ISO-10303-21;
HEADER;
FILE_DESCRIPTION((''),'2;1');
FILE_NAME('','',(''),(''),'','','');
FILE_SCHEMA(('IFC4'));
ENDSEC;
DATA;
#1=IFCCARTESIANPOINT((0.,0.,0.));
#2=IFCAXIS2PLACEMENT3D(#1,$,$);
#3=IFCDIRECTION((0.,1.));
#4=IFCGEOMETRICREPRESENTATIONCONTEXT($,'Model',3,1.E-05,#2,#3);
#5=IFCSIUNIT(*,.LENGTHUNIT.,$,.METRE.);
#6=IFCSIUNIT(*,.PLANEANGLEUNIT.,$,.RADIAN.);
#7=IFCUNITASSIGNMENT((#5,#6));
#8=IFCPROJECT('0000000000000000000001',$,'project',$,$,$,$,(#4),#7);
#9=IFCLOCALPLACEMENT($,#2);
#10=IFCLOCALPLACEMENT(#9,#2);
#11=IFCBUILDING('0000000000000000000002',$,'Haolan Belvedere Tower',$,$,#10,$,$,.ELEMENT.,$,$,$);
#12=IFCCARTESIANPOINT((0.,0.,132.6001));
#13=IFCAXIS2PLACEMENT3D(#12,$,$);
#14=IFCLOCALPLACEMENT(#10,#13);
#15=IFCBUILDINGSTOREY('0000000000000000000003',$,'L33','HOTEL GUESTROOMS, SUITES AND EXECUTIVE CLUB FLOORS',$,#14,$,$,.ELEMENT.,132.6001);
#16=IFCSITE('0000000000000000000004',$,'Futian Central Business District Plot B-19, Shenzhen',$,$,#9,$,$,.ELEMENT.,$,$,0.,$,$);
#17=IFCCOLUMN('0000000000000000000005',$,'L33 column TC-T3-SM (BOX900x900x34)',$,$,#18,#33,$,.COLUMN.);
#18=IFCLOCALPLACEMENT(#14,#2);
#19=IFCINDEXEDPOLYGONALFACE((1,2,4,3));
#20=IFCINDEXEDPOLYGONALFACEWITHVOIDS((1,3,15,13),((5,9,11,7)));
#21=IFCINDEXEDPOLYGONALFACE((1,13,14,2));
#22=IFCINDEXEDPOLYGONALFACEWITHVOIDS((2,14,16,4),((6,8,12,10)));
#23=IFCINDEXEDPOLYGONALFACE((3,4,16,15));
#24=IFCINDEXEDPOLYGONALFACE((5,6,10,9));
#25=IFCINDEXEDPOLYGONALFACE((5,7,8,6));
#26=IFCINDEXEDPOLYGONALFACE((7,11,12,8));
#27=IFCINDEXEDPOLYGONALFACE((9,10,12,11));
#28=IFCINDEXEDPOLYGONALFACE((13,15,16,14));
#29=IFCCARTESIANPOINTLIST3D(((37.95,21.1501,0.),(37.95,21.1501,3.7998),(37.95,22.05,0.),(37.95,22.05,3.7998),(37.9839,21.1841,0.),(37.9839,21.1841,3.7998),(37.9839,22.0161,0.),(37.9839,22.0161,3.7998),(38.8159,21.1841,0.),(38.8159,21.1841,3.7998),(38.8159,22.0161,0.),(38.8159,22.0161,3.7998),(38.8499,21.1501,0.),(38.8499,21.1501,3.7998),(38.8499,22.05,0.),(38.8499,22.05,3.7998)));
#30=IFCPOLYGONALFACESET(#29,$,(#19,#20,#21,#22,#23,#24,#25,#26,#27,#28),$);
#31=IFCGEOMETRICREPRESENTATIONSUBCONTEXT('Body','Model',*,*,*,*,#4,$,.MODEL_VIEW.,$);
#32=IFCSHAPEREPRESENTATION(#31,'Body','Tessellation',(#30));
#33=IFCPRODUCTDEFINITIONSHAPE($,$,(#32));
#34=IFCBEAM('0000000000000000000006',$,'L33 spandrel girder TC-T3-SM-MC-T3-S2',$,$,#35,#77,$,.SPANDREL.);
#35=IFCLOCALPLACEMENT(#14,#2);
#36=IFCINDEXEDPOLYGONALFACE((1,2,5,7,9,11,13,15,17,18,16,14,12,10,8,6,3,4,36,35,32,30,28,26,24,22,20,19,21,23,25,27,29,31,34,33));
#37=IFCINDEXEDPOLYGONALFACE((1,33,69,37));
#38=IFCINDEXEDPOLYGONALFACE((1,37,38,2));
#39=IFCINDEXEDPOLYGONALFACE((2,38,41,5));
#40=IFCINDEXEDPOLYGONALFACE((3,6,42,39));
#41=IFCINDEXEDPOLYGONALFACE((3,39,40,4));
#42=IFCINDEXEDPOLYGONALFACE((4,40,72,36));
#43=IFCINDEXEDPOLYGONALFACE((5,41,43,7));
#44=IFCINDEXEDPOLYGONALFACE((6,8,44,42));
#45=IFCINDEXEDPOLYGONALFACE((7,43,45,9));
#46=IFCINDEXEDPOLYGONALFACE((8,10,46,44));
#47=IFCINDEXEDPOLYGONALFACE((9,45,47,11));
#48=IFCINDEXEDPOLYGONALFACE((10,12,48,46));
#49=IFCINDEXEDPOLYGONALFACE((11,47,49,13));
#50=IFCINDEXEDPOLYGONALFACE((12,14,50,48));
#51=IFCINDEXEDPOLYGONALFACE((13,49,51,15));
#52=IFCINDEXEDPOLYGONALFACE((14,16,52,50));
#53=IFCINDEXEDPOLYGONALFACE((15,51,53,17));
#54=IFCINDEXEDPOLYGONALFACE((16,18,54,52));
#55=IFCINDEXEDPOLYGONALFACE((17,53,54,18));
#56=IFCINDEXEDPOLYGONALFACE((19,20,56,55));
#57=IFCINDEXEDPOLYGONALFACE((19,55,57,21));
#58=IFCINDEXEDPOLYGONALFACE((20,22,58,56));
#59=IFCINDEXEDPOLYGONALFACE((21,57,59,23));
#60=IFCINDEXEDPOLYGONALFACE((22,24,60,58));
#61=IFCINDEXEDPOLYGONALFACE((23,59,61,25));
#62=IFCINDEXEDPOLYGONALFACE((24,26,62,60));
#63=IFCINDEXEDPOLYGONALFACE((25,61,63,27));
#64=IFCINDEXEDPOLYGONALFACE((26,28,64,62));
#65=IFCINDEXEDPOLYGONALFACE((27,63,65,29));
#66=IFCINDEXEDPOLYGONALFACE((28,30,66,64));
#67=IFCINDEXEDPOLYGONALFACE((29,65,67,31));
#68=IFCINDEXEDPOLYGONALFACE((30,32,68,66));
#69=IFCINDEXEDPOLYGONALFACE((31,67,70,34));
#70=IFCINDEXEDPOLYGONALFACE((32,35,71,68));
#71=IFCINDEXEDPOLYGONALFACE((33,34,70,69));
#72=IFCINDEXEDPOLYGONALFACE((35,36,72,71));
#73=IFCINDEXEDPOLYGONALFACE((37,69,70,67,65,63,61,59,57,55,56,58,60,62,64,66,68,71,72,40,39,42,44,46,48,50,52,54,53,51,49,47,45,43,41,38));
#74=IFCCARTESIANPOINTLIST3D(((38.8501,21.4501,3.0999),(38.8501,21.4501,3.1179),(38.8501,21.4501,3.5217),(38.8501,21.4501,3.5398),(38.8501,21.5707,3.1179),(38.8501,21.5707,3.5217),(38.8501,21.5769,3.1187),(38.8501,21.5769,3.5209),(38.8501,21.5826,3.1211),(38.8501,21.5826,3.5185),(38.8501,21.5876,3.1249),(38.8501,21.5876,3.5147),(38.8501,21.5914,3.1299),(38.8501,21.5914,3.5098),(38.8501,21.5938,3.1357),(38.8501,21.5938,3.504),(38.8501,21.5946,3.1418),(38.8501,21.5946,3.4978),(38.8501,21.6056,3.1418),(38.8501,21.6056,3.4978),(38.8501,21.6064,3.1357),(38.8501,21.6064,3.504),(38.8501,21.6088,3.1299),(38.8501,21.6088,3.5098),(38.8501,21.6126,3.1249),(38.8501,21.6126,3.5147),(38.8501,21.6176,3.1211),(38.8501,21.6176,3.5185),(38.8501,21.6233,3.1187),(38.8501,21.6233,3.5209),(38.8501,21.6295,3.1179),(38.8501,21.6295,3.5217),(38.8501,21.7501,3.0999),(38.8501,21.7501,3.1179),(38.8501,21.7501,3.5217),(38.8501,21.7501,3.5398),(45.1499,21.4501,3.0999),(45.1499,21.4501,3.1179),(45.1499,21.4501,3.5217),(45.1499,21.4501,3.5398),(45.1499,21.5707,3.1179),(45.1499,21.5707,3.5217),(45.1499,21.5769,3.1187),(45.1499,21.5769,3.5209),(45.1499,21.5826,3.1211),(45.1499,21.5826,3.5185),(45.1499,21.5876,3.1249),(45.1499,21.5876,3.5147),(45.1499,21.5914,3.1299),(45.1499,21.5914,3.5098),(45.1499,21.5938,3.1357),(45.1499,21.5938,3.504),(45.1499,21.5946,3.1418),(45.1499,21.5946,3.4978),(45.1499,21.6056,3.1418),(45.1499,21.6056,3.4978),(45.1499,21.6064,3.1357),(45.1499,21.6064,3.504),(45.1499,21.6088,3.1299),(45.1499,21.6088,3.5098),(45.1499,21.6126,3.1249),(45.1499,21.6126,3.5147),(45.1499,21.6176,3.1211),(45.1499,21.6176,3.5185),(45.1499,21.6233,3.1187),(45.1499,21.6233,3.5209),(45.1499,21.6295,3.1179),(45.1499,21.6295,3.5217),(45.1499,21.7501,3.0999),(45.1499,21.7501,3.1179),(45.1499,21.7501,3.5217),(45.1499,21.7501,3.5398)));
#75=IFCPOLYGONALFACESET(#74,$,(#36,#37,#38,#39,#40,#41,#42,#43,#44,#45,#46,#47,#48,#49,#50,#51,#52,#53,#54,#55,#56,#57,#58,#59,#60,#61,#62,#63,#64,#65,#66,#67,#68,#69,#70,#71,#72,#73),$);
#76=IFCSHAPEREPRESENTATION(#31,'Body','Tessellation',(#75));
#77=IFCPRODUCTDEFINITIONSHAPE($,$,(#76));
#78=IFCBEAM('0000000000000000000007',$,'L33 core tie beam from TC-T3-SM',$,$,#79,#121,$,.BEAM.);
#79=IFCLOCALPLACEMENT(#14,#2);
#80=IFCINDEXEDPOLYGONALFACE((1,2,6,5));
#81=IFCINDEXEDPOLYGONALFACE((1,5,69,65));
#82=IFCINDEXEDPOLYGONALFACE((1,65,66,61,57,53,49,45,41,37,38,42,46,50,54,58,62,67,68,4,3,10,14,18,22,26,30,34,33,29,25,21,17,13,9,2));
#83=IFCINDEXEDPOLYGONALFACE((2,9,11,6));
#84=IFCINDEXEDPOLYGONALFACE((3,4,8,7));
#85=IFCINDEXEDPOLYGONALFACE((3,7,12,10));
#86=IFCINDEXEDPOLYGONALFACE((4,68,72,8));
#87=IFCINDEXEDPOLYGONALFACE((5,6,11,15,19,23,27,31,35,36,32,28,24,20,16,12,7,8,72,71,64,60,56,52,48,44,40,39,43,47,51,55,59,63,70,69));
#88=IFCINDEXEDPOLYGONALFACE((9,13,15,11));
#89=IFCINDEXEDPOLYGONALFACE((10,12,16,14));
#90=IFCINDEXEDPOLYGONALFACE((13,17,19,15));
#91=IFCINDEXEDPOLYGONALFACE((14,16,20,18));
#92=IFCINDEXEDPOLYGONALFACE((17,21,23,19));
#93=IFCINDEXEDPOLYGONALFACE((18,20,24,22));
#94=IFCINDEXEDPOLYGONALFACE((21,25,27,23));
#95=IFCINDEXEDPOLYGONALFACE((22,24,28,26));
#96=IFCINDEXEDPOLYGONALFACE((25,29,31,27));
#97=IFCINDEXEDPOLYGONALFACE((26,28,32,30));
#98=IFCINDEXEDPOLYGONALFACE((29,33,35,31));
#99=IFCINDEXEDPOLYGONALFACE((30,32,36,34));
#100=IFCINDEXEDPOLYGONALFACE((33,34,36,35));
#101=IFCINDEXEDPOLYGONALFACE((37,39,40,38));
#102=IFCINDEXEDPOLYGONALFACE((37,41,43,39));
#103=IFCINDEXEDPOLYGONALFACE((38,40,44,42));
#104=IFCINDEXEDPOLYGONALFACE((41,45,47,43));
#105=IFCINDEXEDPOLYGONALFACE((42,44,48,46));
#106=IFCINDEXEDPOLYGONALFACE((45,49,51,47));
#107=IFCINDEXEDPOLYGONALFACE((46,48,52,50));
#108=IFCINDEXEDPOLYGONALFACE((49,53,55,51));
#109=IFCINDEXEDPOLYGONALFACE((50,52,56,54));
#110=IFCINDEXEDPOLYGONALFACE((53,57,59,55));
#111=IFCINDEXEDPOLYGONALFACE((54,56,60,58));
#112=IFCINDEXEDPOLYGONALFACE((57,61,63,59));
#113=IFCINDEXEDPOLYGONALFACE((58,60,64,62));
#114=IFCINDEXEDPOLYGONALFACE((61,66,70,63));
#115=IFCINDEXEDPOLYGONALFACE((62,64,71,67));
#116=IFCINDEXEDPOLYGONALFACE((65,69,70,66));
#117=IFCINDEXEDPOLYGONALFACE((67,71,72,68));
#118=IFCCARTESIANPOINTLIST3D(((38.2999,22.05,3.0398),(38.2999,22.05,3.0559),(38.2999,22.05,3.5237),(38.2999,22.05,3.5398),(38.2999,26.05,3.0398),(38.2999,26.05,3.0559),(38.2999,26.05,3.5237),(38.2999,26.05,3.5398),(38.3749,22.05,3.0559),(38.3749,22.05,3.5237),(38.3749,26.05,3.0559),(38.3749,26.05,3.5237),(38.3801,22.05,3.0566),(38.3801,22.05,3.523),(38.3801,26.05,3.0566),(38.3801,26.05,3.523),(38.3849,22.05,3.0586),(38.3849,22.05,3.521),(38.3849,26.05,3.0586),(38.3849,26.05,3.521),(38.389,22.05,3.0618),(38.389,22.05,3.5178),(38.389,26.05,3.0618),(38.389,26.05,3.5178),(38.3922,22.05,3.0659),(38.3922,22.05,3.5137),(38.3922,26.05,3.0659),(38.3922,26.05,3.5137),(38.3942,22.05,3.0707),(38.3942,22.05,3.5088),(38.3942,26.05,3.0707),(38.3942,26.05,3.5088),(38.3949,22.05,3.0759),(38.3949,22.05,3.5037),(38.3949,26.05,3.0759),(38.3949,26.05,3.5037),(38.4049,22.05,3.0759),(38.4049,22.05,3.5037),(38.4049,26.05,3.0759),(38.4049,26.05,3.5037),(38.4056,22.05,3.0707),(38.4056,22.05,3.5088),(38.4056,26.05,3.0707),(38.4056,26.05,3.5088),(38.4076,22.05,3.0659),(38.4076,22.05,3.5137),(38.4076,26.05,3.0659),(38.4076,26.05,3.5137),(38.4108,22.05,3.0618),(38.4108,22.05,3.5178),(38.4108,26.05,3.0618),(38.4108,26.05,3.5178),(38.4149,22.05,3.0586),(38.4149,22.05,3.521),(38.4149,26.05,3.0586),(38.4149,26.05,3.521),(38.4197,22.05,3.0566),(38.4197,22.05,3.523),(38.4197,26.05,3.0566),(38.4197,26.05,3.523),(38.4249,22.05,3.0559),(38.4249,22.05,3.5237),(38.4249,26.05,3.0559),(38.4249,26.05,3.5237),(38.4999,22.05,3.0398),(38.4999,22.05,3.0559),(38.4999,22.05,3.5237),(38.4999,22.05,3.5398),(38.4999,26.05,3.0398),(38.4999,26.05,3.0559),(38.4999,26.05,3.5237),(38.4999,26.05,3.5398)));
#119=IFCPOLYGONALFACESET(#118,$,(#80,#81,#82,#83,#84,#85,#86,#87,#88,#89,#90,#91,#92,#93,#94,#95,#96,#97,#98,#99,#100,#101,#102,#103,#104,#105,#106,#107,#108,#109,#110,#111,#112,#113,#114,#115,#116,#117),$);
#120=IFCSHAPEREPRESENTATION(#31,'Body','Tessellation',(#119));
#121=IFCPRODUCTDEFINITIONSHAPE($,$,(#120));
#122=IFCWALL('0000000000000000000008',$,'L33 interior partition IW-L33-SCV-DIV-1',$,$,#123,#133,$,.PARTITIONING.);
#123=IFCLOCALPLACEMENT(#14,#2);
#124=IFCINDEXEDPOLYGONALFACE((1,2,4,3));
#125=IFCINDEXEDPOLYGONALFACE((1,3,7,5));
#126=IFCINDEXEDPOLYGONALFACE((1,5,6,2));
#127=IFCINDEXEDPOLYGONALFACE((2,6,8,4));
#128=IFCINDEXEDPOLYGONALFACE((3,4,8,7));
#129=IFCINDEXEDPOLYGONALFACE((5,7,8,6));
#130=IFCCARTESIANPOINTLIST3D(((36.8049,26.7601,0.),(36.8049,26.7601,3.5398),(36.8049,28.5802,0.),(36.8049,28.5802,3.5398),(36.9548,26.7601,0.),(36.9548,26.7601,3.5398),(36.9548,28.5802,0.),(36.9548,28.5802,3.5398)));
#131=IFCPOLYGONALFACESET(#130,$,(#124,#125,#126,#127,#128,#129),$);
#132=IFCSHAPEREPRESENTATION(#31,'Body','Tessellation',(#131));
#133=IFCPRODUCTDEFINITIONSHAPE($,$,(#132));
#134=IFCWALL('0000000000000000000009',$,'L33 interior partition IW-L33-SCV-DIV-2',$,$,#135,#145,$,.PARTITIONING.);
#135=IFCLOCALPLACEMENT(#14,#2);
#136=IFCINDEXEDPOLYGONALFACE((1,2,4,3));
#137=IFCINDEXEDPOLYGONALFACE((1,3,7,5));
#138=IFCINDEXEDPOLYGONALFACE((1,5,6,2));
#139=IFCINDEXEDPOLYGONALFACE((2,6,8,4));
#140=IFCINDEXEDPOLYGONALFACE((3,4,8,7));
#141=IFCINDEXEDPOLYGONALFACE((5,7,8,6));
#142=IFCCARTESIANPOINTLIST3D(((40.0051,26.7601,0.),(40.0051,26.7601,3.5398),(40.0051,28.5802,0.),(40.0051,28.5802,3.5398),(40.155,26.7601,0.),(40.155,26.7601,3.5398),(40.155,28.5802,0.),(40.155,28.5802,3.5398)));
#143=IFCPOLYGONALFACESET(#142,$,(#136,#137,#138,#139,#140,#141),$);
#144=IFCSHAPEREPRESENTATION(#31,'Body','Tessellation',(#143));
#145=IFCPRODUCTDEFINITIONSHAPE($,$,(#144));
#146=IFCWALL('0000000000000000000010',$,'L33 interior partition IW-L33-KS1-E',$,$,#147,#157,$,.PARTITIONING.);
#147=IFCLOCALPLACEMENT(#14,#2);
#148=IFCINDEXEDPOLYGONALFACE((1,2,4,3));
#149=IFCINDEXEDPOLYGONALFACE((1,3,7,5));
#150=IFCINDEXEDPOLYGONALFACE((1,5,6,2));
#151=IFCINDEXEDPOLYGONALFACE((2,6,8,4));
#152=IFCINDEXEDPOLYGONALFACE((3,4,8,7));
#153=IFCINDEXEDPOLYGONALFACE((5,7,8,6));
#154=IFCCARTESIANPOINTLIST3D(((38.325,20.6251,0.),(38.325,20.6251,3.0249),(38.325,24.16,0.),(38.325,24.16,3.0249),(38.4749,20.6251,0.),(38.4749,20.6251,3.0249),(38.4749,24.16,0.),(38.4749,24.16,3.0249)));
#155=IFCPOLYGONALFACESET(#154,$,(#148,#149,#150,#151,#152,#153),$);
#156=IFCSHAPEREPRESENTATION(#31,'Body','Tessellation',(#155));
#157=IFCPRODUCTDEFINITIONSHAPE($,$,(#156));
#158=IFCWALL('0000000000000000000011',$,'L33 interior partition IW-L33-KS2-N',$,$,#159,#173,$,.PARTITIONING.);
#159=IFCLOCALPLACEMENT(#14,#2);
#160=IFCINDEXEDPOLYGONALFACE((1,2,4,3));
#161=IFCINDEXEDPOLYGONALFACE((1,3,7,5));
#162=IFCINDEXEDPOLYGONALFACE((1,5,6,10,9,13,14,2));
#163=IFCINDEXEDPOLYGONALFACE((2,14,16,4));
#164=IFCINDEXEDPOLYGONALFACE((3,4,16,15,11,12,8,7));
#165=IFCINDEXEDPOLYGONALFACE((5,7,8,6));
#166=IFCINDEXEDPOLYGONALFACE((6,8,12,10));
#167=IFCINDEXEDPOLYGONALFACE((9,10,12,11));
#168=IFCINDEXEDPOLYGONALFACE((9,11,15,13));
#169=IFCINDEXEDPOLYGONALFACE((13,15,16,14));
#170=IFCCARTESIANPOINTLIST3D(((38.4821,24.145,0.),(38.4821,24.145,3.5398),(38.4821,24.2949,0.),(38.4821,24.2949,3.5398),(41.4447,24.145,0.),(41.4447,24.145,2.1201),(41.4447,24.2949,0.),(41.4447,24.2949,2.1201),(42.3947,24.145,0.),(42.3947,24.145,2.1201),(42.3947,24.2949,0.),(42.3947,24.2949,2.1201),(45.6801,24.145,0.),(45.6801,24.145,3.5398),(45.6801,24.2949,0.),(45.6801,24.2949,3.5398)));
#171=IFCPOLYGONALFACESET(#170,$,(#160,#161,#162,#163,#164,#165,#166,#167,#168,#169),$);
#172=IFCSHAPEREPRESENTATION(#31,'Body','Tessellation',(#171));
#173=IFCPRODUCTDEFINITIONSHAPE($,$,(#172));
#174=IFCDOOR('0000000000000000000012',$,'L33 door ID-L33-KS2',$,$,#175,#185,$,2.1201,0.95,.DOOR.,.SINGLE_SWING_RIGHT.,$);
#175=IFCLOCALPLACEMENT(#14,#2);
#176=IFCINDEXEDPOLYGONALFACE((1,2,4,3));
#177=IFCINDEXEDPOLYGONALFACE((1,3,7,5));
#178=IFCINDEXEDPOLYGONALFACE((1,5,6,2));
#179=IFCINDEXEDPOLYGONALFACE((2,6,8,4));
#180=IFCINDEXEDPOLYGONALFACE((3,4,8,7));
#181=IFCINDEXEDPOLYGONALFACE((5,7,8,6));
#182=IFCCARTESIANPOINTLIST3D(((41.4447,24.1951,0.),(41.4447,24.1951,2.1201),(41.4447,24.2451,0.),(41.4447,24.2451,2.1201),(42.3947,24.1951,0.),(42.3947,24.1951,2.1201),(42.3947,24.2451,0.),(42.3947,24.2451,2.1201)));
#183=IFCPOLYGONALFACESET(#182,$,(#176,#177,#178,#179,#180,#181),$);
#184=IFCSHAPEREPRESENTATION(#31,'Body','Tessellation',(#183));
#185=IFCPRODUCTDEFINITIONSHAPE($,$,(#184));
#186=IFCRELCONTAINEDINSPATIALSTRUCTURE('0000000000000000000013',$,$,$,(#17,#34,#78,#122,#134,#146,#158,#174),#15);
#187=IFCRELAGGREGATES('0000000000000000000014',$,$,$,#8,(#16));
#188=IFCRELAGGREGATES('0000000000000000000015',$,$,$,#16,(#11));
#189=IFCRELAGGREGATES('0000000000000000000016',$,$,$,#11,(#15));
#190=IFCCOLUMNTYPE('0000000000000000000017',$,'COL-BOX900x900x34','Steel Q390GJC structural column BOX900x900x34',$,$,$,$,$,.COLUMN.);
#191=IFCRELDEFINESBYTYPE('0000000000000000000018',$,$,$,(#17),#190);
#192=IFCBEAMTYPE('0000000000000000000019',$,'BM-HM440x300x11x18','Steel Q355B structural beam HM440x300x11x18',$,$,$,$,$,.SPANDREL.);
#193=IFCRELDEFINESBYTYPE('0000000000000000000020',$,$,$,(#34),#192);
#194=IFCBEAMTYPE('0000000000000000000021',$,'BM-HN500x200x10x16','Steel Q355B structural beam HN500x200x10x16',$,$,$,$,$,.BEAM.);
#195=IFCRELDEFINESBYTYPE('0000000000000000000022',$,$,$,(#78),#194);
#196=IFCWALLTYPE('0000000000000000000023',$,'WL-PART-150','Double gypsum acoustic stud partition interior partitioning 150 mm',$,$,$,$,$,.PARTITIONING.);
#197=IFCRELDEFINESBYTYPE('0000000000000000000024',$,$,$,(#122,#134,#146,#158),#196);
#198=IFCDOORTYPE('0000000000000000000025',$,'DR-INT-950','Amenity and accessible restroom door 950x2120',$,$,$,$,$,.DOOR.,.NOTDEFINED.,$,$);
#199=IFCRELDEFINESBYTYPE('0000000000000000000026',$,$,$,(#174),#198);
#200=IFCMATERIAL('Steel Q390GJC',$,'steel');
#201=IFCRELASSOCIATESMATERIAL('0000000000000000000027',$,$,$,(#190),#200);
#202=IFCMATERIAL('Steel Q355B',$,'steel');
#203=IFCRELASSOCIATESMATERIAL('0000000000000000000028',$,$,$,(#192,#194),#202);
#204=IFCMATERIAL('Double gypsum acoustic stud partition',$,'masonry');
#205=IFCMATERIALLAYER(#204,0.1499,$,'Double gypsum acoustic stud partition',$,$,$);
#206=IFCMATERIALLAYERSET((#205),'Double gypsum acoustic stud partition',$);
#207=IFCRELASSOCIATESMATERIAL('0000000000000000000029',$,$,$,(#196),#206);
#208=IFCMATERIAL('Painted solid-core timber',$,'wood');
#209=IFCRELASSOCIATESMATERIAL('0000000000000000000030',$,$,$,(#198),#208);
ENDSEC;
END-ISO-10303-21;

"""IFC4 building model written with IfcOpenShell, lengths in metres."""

from ifc_helpers import new_model, si_unit, direction, frame, frame_2d, origin, origin_2d, place, context, subcontext, project, spatial, rectangle, hollow_rectangle, i_section, extrude, material, layer, layer_set, material_profile, profile_set, type_object, element, fill, save


model = new_model("IFC4")

# Units and contexts
model_context = context("Model", 3, precision=1e-05, world=origin(), true_north=direction((0.0, 1.0)))
body_context = subcontext(model_context, "Body", "Model", "MODEL_VIEW")
ifc_project = project(units=[si_unit("LENGTHUNIT", "METRE"), si_unit("PLANEANGLEUNIT", "RADIAN")], contexts=[model_context])

# Site, building, storey
site_placement = place(None, origin())
site = spatial("IfcSite", under=ifc_project, at=site_placement, Name="Futian Central Business District Plot B-19, Shenzhen", CompositionType="ELEMENT", RefElevation=0.0)
building_placement = place(site_placement, origin())
building = spatial("IfcBuilding", under=site, at=building_placement, Name="Haolan Belvedere Tower", CompositionType="ELEMENT")
storey_placement = place(building_placement, frame((0.0, 0.0, 132.6001)))
storey = spatial("IfcBuildingStorey", under=building, at=storey_placement, Name="L33", Description="HOTEL GUESTROOMS, SUITES AND EXECUTIVE CLUB FLOORS", CompositionType="ELEMENT", Elevation=132.6001)

# Column
ifc_material_1 = material(Name="Steel Q390GJC", Category="steel")
ifc_material_profile_1 = material_profile(ifc_material_1, hollow_rectangle(XDim=0.8999, YDim=0.8999, WallThickness=0.0339, at=origin_2d()), Name="Steel Q390GJC")
ifc_profile_set_1 = profile_set([ifc_material_profile_1], Name="Steel Q390GJC")
column_type = type_object("IfcColumnType", Name="COL-BOX900x900x34", Description="Steel Q390GJC structural column BOX900x900x34", PredefinedType="COLUMN", material=ifc_profile_set_1)
column_placement = place(storey_placement, frame((38.3999, 21.6001, 0.0), z_axis=(0.0, 0.0, 1.0), x_axis=(1.0, 0.0, 0.0)))
element("IfcColumn", 1, at=column_placement, inside=storey, type_object=column_type, Name="L33 column TC-T3-SM (BOX900x900x34)", PredefinedType="COLUMN", context=body_context, shape_type="SweptSolid", body=[
    extrude(hollow_rectangle(XDim=0.8999, YDim=0.8999, WallThickness=0.0339, at=origin_2d()), origin(), (0.0, 0.0, 1.0), 3.7998),
])

# Beams
ifc_material_2 = material(Name="Steel Q355B", Category="steel")
ifc_material_profile_2 = material_profile(ifc_material_2, i_section(OverallWidth=0.3, OverallDepth=0.4399, WebThickness=0.011, FlangeThickness=0.0181, FilletRadius=0.0239, at=origin_2d()), Name="Steel Q355B")
ifc_profile_set_2 = profile_set([ifc_material_profile_2], Name="Steel Q355B")
beam_type_1 = type_object("IfcBeamType", Name="BM-HM440x300x11x18", Description="Steel Q355B structural beam HM440x300x11x18", PredefinedType="SPANDREL", material=ifc_profile_set_2)
beam_1_placement = place(storey_placement, frame((38.8501, 21.6001, 3.3198), z_axis=(1.0, 0.0, 0.0), x_axis=(0.0, 1.0, 0.0)))
element("IfcBeam", 2, at=beam_1_placement, inside=storey, type_object=beam_type_1, Name="L33 spandrel girder TC-T3-SM-MC-T3-S2", PredefinedType="SPANDREL", context=body_context, shape_type="SweptSolid", body=[
    extrude(i_section(OverallWidth=0.3, OverallDepth=0.4399, WebThickness=0.011, FlangeThickness=0.0181, FilletRadius=0.0239, at=origin_2d()), origin(), (0.0, 0.0, 1.0), 6.2998),
])
ifc_material_profile_3 = material_profile(ifc_material_2, i_section(OverallWidth=0.2, OverallDepth=0.5, WebThickness=0.01, FlangeThickness=0.0161, FilletRadius=0.02, at=origin_2d()), Name="Steel Q355B")
ifc_profile_set_3 = profile_set([ifc_material_profile_3], Name="Steel Q355B")
beam_type_2 = type_object("IfcBeamType", Name="BM-HN500x200x10x16", Description="Steel Q355B structural beam HN500x200x10x16", PredefinedType="BEAM", material=ifc_profile_set_3)
beam_2_placement = place(storey_placement, frame((38.3999, 22.05, 3.2898), z_axis=(0.0, 1.0, 0.0), x_axis=(-1.0, 0.0, 0.0)))
element("IfcBeam", 3, at=beam_2_placement, inside=storey, type_object=beam_type_2, Name="L33 core tie beam from TC-T3-SM", PredefinedType="BEAM", context=body_context, shape_type="SweptSolid", body=[
    extrude(i_section(OverallWidth=0.2, OverallDepth=0.5, WebThickness=0.01, FlangeThickness=0.0161, FilletRadius=0.02, at=origin_2d()), origin(), (0.0, 0.0, 1.0), 4.0),
])

# Walls
ifc_material_3 = material(Name="Double gypsum acoustic stud partition", Category="masonry")
ifc_layer_1 = layer(ifc_material_3, 0.1499, Name="Double gypsum acoustic stud partition")
ifc_layer_set_1 = layer_set([ifc_layer_1], Name="Double gypsum acoustic stud partition")
wall_type_1 = type_object("IfcWallType", Name="WL-PART-150", Description="Double gypsum acoustic stud partition interior partitioning 150 mm", PredefinedType="PARTITIONING", material=ifc_layer_set_1)
for number, where, z_axis, x_axis, name in (
    (4, (36.8799, 26.76, 0.0), (0.0, 0.0, 1.0), (0.0, 1.0, 0.0), "L33 interior partition IW-L33-SCV-DIV-1"),
    (5, (40.0801, 26.76, 0.0), (0.0, 0.0, 1.0), (0.0, 1.0, 0.0), "L33 interior partition IW-L33-SCV-DIV-2"),
):
    element("IfcWall", number, at=place(storey_placement, frame(where, z_axis=z_axis, x_axis=x_axis)), inside=storey, type_object=wall_type_1, Name=name, PredefinedType="PARTITIONING", context=body_context, shape_type="SweptSolid", body=[
        extrude(rectangle(XDim=1.8201, YDim=0.1499, at=frame_2d((0.9102, 0.0))), origin(), (0.0, 0.0, 1.0), 3.5398),
    ])
wall_1_placement = place(storey_placement, frame((38.3999, 20.625, 0.0), z_axis=(0.0, 0.0, 1.0), x_axis=(0.0, 1.0, 0.0)))
element("IfcWall", 6, at=wall_1_placement, inside=storey, type_object=wall_type_1, Name="L33 interior partition IW-L33-KS1-E", PredefinedType="PARTITIONING", context=body_context, shape_type="SweptSolid", body=[
    extrude(rectangle(XDim=3.5349, YDim=0.1499, at=frame_2d((1.7676, 0.0))), origin(), (0.0, 0.0, 1.0), 3.0249),
])

# Wall, opening, door
wall_2_placement = place(storey_placement, frame((38.4819, 24.22, 0.0), z_axis=(0.0, 0.0, 1.0), x_axis=(1.0, 0.0, 0.0)))
wall_2 = element("IfcWall", 7, at=wall_2_placement, inside=storey, type_object=wall_type_1, Name="L33 interior partition IW-L33-KS2-N", PredefinedType="PARTITIONING", context=body_context, shape_type="SweptSolid", body=[
    extrude(rectangle(XDim=7.198, YDim=0.1499, at=frame_2d((3.5991, 0.0))), origin(), (0.0, 0.0, 1.0), 3.5398),
])
opening_1_placement = place(wall_2_placement, frame((3.9128, 0.0, 0.0), z_axis=(0.0, 0.0, 1.0), x_axis=(-1.0, 0.0, 0.0)))
opening_1 = element("IfcOpeningElement", 8, at=opening_1_placement, cuts=wall_2, PredefinedType="OPENING", context=body_context, shape_type="SweptSolid", body=[
    extrude(rectangle(XDim=0.95, YDim=2.1201, at=frame_2d((0.4751, 1.0601))), frame((0.0, 0.085, 0.0), z_axis=(0.0, -1.0, 0.0), x_axis=(1.0, 0.0, 0.0)), (0.0, 0.0, 1.0), 0.1699),
])
ifc_material_4 = material(Name="Painted solid-core timber", Category="wood")
door_type = type_object("IfcDoorType", Name="DR-INT-950", Description="Amenity and accessible restroom door 950x2120", OperationType="NOTDEFINED", PredefinedType="DOOR", material=ifc_material_4)
door_1_placement = place(opening_1_placement, origin())
door_1 = element("IfcDoor", 9, at=door_1_placement, inside=storey, type_object=door_type, Name="L33 door ID-L33-KS2", OperationType="SINGLE_SWING_RIGHT", OverallHeight=2.1201, OverallWidth=0.95, PredefinedType="DOOR", context=body_context, shape_type="SweptSolid", body=[
    extrude(rectangle(XDim=0.95, YDim=2.1201, at=frame_2d((0.4751, 1.0601))), frame((0.0, 0.0249, 0.0), z_axis=(0.0, -1.0, 0.0), x_axis=(1.0, 0.0, 0.0)), (0.0, 0.0, 1.0), 0.05),
])
fill(opening_1, door_1)

save(model, "model.ifc")
